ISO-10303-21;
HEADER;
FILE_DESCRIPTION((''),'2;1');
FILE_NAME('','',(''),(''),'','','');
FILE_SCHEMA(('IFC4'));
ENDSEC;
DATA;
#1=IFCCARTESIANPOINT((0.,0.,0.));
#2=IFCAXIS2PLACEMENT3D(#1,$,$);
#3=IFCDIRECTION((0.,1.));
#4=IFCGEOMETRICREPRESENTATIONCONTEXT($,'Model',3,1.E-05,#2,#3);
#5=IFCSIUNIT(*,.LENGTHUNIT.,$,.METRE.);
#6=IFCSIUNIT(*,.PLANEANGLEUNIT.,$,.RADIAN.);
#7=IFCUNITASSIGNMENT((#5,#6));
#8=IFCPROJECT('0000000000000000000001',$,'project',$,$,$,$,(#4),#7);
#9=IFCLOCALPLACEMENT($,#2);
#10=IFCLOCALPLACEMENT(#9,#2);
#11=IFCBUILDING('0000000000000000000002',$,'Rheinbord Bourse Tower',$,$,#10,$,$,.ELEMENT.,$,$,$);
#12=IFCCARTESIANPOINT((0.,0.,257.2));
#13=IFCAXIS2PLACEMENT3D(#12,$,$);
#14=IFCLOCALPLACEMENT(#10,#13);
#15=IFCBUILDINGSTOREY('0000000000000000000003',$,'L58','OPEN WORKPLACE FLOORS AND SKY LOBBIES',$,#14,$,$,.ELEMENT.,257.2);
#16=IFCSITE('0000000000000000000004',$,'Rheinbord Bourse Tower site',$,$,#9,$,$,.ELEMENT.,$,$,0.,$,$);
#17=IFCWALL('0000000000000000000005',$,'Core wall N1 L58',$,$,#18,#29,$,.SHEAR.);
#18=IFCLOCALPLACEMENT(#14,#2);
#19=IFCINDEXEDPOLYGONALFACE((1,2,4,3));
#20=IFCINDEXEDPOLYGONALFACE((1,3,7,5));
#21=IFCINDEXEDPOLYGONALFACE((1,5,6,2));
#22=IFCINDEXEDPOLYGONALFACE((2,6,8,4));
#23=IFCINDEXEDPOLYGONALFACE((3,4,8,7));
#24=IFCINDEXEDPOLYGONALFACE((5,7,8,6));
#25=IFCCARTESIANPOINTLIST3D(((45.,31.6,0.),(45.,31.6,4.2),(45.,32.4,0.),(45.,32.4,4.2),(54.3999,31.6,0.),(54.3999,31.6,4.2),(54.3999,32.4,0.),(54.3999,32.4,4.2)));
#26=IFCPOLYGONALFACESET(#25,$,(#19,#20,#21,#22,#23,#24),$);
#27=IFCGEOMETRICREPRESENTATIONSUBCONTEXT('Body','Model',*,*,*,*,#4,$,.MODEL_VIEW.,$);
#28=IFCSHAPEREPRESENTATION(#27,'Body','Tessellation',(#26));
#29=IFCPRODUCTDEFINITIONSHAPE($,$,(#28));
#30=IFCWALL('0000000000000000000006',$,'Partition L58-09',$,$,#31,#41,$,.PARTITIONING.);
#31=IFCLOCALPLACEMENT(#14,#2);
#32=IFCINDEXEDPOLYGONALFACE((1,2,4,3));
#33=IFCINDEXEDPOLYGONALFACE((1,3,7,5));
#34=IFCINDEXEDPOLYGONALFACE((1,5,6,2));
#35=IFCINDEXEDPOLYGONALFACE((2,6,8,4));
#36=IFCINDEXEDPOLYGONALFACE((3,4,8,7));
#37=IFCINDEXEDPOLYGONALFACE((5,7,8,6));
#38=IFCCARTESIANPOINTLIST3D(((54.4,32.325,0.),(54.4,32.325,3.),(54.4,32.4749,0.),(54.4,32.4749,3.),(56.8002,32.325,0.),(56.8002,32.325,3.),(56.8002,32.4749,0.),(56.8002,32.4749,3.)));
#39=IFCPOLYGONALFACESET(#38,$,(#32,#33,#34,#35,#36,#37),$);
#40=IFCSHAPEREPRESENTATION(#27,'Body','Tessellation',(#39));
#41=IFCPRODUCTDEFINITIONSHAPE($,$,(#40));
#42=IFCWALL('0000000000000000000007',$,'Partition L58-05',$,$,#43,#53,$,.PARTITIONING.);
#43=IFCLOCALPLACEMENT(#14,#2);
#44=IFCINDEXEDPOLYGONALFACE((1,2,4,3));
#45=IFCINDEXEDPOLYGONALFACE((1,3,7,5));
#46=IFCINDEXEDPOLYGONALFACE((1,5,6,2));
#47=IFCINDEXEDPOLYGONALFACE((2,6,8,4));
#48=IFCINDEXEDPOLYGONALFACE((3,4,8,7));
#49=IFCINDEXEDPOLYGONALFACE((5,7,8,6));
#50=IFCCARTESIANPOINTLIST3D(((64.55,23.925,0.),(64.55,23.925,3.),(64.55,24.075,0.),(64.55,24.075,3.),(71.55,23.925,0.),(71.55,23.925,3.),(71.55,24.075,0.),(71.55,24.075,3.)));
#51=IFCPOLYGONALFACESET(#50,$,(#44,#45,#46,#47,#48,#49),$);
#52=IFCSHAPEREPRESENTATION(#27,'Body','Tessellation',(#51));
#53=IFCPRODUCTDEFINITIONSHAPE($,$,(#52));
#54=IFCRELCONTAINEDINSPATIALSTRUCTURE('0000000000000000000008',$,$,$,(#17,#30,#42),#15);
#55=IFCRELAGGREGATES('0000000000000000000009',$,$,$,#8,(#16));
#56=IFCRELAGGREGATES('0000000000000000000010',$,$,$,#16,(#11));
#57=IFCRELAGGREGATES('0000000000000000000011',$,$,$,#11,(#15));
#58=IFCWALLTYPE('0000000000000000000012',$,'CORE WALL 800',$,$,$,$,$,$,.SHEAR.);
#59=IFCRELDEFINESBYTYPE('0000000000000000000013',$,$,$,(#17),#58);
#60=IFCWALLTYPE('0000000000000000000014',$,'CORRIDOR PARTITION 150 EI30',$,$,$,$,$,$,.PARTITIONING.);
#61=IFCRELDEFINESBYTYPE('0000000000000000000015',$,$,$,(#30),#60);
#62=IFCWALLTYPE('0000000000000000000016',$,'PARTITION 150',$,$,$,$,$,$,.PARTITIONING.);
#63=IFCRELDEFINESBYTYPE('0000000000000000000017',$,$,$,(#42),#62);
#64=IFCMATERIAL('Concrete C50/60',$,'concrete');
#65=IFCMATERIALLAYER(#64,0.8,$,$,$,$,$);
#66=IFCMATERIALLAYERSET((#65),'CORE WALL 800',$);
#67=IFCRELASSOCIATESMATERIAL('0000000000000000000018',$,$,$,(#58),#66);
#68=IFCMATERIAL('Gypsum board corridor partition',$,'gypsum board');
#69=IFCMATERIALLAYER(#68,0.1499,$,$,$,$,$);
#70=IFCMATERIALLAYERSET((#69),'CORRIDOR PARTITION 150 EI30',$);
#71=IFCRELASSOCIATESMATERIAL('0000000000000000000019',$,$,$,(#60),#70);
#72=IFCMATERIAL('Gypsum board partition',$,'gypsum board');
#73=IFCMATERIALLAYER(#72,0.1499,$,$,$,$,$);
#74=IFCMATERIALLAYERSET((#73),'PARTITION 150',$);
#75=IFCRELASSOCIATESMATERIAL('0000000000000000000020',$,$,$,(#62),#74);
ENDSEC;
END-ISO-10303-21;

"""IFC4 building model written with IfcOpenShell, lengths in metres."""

from ifc_helpers import new_model, si_unit, direction, frame, frame_2d, origin, place, context, subcontext, project, spatial, rectangle, extrude, material, layer, layer_set, type_object, element, save


model = new_model("IFC4")

# Units and contexts
model_context = context("Model", 3, precision=1e-05, world=origin(), true_north=direction((0.0, 1.0)))
body_context = subcontext(model_context, "Body", "Model", "MODEL_VIEW")
ifc_project = project(units=[si_unit("LENGTHUNIT", "METRE"), si_unit("PLANEANGLEUNIT", "RADIAN")], contexts=[model_context])

# Site, building, storey
site_placement = place(None, origin())
site = spatial("IfcSite", under=ifc_project, at=site_placement, Name="Rheinbord Bourse Tower site", CompositionType="ELEMENT", RefElevation=0.0)
building_placement = place(site_placement, origin())
building = spatial("IfcBuilding", under=site, at=building_placement, Name="Rheinbord Bourse Tower", CompositionType="ELEMENT")
storey_placement = place(building_placement, frame((0.0, 0.0, 257.2)))
storey = spatial("IfcBuildingStorey", under=building, at=storey_placement, Name="L58", Description="OPEN WORKPLACE FLOORS AND SKY LOBBIES", CompositionType="ELEMENT", Elevation=257.2)

# Walls
ifc_material_1 = material(Name="Concrete C50/60", Category="concrete")
ifc_layer_1 = layer(ifc_material_1, 0.8)
ifc_layer_set_1 = layer_set([ifc_layer_1], Name="CORE WALL 800")
wall_type_1 = type_object("IfcWallType", Name="CORE WALL 800", PredefinedType="SHEAR", material=ifc_layer_set_1)
wall_1_placement = place(storey_placement, frame((54.3999, 32.0, 0.0), z_axis=(0.0, 0.0, 1.0), x_axis=(-1.0, 0.0, 0.0)))
element("IfcWall", 1, at=wall_1_placement, inside=storey, type_object=wall_type_1, Name="Core wall N1 L58", PredefinedType="SHEAR", context=body_context, shape_type="SweptSolid", body=[
    extrude(rectangle(XDim=9.3999, YDim=0.8, at=frame_2d((4.7, 0.0))), origin(), (0.0, 0.0, 1.0), 4.2),
])
ifc_material_2 = material(Name="Gypsum board corridor partition", Category="gypsum board")
ifc_layer_2 = layer(ifc_material_2, 0.1499)
ifc_layer_set_2 = layer_set([ifc_layer_2], Name="CORRIDOR PARTITION 150 EI30")
wall_type_2 = type_object("IfcWallType", Name="CORRIDOR PARTITION 150 EI30", PredefinedType="PARTITIONING", material=ifc_layer_set_2)
wall_2_placement = place(storey_placement, frame((54.3999, 32.3999, 0.0), z_axis=(0.0, 0.0, 1.0), x_axis=(1.0, 0.0, 0.0)))
element("IfcWall", 2, at=wall_2_placement, inside=storey, type_object=wall_type_2, Name="Partition L58-09", PredefinedType="PARTITIONING", context=body_context, shape_type="SweptSolid", body=[
    extrude(rectangle(XDim=2.4001, YDim=0.1499, at=frame_2d((1.2002, 0.0))), origin(), (0.0, 0.0, 1.0), 3.0),
])
ifc_material_3 = material(Name="Gypsum board partition", Category="gypsum board")
ifc_layer_3 = layer(ifc_material_3, 0.1499)
ifc_layer_set_3 = layer_set([ifc_layer_3], Name="PARTITION 150")
wall_type_3 = type_object("IfcWallType", Name="PARTITION 150", PredefinedType="PARTITIONING", material=ifc_layer_set_3)
wall_3_placement = place(storey_placement, frame((64.55, 24.0, 0.0), z_axis=(0.0, 0.0, 1.0), x_axis=(1.0, 0.0, 0.0)))
element("IfcWall", 3, at=wall_3_placement, inside=storey, type_object=wall_type_3, Name="Partition L58-05", PredefinedType="PARTITIONING", context=body_context, shape_type="SweptSolid", body=[
    extrude(rectangle(XDim=7.0, YDim=0.1499, at=frame_2d((3.5, 0.0))), origin(), (0.0, 0.0, 1.0), 3.0),
])

save(model, "model.ifc")
